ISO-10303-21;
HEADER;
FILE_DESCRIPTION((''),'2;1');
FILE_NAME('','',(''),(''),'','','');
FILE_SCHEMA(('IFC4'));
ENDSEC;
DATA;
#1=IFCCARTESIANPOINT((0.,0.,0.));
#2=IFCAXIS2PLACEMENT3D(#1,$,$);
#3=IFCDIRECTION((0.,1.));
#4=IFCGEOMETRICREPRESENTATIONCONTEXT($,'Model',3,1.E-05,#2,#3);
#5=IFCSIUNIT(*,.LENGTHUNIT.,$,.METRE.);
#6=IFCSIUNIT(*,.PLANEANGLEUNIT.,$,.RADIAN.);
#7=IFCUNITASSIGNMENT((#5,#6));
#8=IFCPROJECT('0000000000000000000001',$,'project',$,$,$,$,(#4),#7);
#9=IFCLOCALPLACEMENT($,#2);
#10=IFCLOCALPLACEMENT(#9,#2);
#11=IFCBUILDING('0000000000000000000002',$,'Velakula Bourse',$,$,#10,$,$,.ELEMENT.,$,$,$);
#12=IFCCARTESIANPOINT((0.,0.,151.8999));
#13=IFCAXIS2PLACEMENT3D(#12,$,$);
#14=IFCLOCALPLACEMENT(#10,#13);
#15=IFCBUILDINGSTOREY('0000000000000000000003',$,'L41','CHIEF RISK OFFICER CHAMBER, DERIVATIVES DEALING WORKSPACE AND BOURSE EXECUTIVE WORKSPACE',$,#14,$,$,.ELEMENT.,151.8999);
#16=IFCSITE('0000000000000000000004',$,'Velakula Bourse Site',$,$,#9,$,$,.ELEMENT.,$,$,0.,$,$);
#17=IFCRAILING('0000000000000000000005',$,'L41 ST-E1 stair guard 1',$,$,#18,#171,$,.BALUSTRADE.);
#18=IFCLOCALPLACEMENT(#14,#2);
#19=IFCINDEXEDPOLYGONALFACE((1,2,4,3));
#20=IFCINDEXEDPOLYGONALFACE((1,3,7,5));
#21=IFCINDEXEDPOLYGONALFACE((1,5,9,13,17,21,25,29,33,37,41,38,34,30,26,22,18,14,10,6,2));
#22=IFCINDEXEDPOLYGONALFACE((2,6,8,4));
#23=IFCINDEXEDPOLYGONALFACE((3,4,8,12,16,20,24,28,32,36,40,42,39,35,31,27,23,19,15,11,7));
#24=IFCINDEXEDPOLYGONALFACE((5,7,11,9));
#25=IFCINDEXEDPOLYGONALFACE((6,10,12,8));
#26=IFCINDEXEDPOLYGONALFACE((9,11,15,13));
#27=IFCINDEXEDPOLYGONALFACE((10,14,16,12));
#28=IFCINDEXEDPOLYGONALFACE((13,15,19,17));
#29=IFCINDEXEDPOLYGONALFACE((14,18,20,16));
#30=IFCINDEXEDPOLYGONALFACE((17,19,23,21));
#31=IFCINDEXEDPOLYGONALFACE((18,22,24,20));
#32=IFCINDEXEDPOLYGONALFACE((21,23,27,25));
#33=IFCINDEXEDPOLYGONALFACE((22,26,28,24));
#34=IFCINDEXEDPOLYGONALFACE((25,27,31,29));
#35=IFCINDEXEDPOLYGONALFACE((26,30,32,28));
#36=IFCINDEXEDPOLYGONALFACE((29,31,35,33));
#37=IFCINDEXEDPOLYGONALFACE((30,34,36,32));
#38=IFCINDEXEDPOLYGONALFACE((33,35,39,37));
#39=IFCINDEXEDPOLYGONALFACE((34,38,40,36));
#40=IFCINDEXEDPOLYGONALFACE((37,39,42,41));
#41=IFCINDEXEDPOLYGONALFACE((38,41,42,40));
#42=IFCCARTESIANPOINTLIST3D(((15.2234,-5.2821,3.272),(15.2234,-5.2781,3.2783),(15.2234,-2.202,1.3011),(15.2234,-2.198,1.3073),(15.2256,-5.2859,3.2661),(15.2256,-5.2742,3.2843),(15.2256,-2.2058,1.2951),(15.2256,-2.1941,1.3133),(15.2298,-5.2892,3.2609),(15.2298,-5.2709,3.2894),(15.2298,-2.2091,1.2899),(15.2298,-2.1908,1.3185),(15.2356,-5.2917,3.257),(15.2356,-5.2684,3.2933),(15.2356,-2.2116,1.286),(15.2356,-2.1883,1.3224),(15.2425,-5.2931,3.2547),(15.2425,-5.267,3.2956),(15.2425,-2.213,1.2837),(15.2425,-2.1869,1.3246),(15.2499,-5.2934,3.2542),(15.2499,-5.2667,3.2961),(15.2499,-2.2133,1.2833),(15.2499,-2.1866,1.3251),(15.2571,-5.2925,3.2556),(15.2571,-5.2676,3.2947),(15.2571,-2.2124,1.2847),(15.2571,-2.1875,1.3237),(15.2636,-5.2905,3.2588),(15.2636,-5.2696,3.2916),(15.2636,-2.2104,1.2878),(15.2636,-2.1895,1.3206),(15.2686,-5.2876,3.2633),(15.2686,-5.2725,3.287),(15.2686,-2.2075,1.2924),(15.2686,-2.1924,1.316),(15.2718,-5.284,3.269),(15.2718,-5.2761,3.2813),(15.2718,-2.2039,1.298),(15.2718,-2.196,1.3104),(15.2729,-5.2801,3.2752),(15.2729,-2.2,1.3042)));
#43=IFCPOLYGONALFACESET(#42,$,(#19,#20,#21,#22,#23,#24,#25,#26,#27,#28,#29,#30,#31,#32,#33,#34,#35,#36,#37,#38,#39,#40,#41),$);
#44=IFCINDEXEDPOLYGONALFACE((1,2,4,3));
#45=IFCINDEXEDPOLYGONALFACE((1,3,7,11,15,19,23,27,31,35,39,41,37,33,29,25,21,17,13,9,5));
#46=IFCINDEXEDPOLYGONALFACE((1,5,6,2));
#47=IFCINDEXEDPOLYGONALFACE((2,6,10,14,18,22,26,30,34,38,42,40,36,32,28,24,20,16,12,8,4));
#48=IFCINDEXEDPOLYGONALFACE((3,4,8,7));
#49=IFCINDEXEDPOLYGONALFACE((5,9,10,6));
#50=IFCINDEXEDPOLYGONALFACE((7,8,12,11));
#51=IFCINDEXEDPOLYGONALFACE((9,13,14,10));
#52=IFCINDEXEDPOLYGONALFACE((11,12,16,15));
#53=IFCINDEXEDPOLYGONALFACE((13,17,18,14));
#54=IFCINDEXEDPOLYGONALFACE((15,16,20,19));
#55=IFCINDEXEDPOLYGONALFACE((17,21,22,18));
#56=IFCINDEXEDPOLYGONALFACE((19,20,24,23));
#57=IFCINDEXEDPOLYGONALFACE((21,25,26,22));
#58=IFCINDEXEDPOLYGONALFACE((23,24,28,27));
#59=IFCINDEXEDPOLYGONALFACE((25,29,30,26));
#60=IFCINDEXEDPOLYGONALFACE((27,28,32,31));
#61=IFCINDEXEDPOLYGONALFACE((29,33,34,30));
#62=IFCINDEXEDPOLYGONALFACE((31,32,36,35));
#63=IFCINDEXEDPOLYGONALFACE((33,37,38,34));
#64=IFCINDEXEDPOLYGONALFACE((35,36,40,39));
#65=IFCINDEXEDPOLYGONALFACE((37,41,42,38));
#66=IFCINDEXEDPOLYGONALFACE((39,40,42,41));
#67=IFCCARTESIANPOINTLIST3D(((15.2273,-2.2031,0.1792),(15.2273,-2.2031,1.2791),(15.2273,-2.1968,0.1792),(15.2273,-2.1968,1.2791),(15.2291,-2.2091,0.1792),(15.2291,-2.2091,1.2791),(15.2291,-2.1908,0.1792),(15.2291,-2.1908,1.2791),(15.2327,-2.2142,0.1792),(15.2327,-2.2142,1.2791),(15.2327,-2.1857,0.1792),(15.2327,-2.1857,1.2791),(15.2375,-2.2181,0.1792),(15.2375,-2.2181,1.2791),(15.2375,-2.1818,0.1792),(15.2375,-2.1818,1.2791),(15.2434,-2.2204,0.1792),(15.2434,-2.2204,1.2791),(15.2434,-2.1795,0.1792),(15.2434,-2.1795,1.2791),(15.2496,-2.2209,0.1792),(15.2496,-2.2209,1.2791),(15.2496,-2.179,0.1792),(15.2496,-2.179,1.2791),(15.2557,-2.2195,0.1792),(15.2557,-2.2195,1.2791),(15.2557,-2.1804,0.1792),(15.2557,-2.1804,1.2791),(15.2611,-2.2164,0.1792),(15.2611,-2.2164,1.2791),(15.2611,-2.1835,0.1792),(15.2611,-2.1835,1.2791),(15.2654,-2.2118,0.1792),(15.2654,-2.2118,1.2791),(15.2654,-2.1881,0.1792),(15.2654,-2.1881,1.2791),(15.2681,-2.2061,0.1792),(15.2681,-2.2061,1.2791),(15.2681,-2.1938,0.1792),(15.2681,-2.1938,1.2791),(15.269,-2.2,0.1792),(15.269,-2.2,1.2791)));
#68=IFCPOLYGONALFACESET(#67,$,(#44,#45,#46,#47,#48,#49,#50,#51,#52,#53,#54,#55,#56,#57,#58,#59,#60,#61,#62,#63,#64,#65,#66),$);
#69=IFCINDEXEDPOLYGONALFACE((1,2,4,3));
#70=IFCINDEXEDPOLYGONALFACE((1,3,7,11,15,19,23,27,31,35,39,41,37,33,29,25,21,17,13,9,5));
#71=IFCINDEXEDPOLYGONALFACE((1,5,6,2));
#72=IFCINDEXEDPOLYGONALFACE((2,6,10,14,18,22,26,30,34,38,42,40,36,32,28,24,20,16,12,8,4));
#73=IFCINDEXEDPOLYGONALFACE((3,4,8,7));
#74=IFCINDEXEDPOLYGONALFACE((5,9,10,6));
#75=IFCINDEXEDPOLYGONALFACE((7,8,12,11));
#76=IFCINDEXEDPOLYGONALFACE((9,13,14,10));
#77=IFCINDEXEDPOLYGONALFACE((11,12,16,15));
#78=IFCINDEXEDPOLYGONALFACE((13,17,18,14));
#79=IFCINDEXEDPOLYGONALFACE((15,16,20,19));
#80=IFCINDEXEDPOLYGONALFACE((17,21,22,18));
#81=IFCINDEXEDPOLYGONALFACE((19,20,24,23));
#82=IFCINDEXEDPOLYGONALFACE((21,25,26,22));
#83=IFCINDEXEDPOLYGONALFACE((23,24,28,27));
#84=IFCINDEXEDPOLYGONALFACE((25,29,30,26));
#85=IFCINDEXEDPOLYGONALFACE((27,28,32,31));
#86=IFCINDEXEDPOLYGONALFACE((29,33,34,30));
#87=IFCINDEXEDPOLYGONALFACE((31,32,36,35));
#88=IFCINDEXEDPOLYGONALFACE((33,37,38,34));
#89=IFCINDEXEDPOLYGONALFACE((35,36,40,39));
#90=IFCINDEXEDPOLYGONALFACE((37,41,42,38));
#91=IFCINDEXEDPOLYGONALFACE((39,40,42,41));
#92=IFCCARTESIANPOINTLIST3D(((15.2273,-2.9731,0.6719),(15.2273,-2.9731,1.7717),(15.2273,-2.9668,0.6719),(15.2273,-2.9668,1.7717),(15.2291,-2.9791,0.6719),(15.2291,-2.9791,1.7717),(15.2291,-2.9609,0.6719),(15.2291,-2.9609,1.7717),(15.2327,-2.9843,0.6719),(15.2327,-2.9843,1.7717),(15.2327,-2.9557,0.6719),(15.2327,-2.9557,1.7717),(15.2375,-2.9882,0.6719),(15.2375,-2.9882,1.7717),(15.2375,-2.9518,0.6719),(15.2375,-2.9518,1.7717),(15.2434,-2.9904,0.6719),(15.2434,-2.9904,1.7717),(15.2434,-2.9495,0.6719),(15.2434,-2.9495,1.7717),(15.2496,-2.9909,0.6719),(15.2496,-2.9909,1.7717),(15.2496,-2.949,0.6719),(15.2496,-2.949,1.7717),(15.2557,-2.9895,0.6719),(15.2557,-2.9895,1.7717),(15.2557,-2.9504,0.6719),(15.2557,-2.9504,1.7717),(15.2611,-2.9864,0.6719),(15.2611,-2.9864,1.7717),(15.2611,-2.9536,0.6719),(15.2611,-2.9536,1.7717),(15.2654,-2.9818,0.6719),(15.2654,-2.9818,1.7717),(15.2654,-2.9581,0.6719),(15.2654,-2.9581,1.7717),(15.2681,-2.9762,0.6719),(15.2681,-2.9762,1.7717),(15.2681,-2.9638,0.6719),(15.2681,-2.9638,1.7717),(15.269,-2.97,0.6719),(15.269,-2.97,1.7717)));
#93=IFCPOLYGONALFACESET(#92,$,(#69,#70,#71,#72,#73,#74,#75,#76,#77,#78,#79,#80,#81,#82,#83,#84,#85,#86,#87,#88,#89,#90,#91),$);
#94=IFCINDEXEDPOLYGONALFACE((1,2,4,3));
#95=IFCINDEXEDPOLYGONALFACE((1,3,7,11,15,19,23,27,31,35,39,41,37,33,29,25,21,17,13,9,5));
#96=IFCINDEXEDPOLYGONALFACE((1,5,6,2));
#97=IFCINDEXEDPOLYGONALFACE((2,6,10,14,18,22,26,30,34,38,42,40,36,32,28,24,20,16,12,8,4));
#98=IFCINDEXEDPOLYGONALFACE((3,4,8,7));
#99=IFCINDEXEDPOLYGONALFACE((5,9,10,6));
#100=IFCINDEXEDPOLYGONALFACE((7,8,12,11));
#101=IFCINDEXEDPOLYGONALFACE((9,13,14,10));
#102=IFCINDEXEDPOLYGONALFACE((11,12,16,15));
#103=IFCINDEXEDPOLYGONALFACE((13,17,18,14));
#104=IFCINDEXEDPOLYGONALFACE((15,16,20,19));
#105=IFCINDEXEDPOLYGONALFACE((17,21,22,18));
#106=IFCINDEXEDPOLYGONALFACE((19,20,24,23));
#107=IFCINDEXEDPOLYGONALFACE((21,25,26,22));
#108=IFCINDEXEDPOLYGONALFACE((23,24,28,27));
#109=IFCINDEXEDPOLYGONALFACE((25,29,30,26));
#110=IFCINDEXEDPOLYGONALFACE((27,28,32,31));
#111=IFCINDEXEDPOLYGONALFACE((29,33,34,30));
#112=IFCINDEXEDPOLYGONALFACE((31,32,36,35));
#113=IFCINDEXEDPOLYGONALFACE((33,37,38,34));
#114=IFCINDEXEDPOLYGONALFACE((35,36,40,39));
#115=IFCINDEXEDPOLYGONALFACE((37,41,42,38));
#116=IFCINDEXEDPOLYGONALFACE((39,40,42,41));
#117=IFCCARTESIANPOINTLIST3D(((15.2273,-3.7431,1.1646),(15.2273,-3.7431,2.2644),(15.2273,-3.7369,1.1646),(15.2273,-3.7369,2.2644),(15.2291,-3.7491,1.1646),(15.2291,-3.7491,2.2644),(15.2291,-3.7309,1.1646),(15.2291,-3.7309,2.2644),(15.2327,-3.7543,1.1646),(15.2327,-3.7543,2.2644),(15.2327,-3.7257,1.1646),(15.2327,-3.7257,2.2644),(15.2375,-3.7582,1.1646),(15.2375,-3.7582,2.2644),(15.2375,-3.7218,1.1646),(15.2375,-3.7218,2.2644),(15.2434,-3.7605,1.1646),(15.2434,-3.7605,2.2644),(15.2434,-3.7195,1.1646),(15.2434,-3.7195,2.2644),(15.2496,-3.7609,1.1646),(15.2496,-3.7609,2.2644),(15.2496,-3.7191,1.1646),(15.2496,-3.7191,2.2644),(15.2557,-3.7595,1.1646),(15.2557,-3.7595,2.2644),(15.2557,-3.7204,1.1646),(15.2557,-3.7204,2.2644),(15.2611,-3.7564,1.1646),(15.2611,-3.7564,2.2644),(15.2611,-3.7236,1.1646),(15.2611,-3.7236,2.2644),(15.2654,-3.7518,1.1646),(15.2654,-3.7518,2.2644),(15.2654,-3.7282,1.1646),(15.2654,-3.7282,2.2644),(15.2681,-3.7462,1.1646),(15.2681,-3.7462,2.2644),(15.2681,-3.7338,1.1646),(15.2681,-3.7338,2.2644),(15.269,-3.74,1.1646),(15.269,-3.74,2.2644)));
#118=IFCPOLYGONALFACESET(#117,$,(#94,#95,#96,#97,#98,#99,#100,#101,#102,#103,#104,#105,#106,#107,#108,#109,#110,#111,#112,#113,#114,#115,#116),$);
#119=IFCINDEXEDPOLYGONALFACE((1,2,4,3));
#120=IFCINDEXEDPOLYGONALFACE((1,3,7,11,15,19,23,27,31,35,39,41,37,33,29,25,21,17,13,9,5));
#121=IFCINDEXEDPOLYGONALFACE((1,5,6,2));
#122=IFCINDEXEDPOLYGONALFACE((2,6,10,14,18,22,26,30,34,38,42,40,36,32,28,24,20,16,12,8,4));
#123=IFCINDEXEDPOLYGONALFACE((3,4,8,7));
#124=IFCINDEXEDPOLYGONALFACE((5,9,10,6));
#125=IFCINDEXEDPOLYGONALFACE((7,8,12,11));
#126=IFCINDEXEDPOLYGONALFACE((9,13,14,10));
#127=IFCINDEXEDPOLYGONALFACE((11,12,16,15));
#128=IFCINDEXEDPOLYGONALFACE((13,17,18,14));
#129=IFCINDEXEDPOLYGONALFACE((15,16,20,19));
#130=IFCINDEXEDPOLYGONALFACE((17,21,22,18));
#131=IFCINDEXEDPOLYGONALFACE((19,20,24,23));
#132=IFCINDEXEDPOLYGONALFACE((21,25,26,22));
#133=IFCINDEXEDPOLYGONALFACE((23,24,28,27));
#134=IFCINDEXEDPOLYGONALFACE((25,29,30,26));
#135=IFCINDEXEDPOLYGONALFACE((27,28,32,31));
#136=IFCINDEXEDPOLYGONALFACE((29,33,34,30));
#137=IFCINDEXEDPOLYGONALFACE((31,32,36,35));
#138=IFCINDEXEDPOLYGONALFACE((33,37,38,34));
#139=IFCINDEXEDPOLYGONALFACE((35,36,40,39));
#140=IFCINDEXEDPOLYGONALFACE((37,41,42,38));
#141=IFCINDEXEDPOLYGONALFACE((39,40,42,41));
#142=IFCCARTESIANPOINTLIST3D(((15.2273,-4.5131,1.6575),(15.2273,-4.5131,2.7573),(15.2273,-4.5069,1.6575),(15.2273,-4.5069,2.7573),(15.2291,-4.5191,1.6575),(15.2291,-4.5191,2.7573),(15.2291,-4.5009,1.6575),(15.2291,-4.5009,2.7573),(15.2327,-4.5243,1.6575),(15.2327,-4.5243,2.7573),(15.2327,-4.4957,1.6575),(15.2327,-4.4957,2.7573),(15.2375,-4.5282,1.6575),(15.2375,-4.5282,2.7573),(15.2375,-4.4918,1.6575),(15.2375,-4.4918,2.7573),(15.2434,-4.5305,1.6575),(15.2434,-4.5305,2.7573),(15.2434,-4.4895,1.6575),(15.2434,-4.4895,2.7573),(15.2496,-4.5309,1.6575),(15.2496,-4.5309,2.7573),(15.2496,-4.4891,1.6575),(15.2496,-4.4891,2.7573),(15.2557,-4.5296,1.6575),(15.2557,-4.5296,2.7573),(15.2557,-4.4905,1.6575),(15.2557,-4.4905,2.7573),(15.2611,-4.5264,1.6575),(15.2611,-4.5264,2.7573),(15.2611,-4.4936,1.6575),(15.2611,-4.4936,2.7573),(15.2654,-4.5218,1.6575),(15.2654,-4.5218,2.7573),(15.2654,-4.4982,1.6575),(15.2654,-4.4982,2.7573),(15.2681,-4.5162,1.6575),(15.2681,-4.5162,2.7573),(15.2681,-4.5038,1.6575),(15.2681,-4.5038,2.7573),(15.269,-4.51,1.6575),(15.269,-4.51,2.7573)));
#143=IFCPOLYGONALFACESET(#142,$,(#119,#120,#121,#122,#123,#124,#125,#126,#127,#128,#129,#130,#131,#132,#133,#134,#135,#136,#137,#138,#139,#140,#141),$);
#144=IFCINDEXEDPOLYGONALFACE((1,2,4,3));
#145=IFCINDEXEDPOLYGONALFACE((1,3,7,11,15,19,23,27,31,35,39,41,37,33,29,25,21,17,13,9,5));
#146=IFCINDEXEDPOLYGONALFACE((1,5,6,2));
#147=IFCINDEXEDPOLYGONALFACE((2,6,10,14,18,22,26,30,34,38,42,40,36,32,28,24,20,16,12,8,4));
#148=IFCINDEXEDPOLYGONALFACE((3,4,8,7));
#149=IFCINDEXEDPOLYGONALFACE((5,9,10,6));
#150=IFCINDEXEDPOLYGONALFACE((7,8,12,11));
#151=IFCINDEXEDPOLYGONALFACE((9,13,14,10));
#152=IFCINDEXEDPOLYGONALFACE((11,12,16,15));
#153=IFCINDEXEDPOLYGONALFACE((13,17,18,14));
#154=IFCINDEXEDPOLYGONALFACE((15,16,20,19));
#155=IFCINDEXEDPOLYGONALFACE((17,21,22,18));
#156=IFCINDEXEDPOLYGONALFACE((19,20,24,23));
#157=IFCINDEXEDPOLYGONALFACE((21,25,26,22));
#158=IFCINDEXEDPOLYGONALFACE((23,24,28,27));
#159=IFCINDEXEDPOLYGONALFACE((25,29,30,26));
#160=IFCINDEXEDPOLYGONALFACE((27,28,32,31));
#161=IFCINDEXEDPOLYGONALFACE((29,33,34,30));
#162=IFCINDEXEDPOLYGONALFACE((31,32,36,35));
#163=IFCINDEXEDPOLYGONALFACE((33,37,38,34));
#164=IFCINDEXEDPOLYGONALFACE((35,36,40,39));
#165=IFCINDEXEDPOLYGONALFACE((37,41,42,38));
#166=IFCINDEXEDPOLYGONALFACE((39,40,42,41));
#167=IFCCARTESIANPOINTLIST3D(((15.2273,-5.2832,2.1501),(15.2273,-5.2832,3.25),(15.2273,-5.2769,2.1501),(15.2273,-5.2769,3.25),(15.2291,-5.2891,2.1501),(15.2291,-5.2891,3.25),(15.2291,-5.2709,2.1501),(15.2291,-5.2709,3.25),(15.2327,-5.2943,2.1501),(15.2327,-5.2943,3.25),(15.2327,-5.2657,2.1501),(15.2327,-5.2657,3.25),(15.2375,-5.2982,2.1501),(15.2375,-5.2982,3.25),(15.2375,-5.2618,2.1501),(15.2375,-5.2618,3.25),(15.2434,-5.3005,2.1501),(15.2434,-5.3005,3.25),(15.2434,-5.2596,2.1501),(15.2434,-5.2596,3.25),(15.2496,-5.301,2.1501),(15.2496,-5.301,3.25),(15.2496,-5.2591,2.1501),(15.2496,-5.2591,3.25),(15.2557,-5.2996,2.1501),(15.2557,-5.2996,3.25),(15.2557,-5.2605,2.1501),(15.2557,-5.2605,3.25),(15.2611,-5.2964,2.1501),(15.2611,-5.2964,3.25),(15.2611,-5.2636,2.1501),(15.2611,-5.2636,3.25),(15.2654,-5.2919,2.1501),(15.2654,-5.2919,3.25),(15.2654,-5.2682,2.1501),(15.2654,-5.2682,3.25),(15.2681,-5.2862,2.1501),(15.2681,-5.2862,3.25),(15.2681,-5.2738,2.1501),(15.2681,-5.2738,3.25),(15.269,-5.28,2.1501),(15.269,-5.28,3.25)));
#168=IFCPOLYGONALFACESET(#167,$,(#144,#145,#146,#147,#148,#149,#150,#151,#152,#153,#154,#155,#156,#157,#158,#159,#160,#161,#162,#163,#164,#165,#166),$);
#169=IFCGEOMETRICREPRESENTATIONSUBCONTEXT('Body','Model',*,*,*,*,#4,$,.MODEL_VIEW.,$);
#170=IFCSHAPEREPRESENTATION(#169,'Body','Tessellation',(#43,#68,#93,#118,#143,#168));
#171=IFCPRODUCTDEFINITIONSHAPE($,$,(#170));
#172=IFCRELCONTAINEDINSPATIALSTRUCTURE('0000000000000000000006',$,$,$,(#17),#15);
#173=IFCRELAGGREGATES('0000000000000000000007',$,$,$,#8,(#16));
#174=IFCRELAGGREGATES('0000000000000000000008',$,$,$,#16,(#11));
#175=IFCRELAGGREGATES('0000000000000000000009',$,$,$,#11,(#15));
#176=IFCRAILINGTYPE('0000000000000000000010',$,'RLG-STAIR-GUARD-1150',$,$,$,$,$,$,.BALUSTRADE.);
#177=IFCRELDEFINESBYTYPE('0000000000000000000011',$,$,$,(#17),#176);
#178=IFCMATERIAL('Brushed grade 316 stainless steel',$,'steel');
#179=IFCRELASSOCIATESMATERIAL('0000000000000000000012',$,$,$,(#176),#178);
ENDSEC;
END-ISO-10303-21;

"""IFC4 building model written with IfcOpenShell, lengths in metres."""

from ifc_helpers import new_model, si_unit, direction, frame, origin, origin_2d, place, context, subcontext, project, spatial, circle, extrude, material, type_object, element, save


model = new_model("IFC4")

# Units and contexts
model_context = context("Model", 3, precision=1e-05, world=origin(), true_north=direction((0.0, 1.0)))
body_context = subcontext(model_context, "Body", "Model", "MODEL_VIEW")
ifc_project = project(units=[si_unit("LENGTHUNIT", "METRE"), si_unit("PLANEANGLEUNIT", "RADIAN")], contexts=[model_context])

# Site, building, storey
site_placement = place(None, origin())
site = spatial("IfcSite", under=ifc_project, at=site_placement, Name="Velakula Bourse Site", CompositionType="ELEMENT", RefElevation=0.0)
building_placement = place(site_placement, origin())
building = spatial("IfcBuilding", under=site, at=building_placement, Name="Velakula Bourse", CompositionType="ELEMENT")
storey_placement = place(building_placement, frame((0.0, 0.0, 151.8999)))
storey = spatial("IfcBuildingStorey", under=building, at=storey_placement, Name="L41", Description="CHIEF RISK OFFICER CHAMBER, DERIVATIVES DEALING WORKSPACE AND BOURSE EXECUTIVE WORKSPACE", CompositionType="ELEMENT", Elevation=151.8999)

# Shared definitions
ifc_material_1 = material(Name="Brushed grade 316 stainless steel", Category="steel")

# Railing
railing_type_1 = type_object("IfcRailingType", Name="RLG-STAIR-GUARD-1150", PredefinedType="BALUSTRADE", material=ifc_material_1)
railing_1_placement = place(storey_placement, frame((15.248, -2.2, 0.1792)))
element("IfcRailing", 1, at=railing_1_placement, inside=storey, type_object=railing_type_1, Name="L41 ST-E1 stair guard 1", PredefinedType="BALUSTRADE", context=body_context, shape_type="SweptSolid", body=[
    extrude(circle(Radius=0.0249, at=origin_2d()), frame((0.0, 0.0, 1.125), z_axis=(0.0, -0.842309, 0.538995), x_axis=(1.0, 0.0, 0.0)), (0.0, 0.0, 1.0), 3.6567),
    extrude(circle(Radius=0.021, at=origin_2d()), origin(), (0.0, 0.0, 1.0), 1.0999),
    extrude(circle(Radius=0.021, at=origin_2d()), frame((0.0, -0.77, 0.4927)), (0.0, 0.0, 1.0), 1.0999),
    extrude(circle(Radius=0.021, at=origin_2d()), frame((0.0, -1.54, 0.9854)), (0.0, 0.0, 1.0), 1.0999),
    extrude(circle(Radius=0.021, at=origin_2d()), frame((0.0, -2.3101, 1.4783)), (0.0, 0.0, 1.0), 1.0999),
    extrude(circle(Radius=0.021, at=origin_2d()), frame((0.0, -3.0801, 1.9709)), (0.0, 0.0, 1.0), 1.0999),
])

save(model, "model.ifc")
